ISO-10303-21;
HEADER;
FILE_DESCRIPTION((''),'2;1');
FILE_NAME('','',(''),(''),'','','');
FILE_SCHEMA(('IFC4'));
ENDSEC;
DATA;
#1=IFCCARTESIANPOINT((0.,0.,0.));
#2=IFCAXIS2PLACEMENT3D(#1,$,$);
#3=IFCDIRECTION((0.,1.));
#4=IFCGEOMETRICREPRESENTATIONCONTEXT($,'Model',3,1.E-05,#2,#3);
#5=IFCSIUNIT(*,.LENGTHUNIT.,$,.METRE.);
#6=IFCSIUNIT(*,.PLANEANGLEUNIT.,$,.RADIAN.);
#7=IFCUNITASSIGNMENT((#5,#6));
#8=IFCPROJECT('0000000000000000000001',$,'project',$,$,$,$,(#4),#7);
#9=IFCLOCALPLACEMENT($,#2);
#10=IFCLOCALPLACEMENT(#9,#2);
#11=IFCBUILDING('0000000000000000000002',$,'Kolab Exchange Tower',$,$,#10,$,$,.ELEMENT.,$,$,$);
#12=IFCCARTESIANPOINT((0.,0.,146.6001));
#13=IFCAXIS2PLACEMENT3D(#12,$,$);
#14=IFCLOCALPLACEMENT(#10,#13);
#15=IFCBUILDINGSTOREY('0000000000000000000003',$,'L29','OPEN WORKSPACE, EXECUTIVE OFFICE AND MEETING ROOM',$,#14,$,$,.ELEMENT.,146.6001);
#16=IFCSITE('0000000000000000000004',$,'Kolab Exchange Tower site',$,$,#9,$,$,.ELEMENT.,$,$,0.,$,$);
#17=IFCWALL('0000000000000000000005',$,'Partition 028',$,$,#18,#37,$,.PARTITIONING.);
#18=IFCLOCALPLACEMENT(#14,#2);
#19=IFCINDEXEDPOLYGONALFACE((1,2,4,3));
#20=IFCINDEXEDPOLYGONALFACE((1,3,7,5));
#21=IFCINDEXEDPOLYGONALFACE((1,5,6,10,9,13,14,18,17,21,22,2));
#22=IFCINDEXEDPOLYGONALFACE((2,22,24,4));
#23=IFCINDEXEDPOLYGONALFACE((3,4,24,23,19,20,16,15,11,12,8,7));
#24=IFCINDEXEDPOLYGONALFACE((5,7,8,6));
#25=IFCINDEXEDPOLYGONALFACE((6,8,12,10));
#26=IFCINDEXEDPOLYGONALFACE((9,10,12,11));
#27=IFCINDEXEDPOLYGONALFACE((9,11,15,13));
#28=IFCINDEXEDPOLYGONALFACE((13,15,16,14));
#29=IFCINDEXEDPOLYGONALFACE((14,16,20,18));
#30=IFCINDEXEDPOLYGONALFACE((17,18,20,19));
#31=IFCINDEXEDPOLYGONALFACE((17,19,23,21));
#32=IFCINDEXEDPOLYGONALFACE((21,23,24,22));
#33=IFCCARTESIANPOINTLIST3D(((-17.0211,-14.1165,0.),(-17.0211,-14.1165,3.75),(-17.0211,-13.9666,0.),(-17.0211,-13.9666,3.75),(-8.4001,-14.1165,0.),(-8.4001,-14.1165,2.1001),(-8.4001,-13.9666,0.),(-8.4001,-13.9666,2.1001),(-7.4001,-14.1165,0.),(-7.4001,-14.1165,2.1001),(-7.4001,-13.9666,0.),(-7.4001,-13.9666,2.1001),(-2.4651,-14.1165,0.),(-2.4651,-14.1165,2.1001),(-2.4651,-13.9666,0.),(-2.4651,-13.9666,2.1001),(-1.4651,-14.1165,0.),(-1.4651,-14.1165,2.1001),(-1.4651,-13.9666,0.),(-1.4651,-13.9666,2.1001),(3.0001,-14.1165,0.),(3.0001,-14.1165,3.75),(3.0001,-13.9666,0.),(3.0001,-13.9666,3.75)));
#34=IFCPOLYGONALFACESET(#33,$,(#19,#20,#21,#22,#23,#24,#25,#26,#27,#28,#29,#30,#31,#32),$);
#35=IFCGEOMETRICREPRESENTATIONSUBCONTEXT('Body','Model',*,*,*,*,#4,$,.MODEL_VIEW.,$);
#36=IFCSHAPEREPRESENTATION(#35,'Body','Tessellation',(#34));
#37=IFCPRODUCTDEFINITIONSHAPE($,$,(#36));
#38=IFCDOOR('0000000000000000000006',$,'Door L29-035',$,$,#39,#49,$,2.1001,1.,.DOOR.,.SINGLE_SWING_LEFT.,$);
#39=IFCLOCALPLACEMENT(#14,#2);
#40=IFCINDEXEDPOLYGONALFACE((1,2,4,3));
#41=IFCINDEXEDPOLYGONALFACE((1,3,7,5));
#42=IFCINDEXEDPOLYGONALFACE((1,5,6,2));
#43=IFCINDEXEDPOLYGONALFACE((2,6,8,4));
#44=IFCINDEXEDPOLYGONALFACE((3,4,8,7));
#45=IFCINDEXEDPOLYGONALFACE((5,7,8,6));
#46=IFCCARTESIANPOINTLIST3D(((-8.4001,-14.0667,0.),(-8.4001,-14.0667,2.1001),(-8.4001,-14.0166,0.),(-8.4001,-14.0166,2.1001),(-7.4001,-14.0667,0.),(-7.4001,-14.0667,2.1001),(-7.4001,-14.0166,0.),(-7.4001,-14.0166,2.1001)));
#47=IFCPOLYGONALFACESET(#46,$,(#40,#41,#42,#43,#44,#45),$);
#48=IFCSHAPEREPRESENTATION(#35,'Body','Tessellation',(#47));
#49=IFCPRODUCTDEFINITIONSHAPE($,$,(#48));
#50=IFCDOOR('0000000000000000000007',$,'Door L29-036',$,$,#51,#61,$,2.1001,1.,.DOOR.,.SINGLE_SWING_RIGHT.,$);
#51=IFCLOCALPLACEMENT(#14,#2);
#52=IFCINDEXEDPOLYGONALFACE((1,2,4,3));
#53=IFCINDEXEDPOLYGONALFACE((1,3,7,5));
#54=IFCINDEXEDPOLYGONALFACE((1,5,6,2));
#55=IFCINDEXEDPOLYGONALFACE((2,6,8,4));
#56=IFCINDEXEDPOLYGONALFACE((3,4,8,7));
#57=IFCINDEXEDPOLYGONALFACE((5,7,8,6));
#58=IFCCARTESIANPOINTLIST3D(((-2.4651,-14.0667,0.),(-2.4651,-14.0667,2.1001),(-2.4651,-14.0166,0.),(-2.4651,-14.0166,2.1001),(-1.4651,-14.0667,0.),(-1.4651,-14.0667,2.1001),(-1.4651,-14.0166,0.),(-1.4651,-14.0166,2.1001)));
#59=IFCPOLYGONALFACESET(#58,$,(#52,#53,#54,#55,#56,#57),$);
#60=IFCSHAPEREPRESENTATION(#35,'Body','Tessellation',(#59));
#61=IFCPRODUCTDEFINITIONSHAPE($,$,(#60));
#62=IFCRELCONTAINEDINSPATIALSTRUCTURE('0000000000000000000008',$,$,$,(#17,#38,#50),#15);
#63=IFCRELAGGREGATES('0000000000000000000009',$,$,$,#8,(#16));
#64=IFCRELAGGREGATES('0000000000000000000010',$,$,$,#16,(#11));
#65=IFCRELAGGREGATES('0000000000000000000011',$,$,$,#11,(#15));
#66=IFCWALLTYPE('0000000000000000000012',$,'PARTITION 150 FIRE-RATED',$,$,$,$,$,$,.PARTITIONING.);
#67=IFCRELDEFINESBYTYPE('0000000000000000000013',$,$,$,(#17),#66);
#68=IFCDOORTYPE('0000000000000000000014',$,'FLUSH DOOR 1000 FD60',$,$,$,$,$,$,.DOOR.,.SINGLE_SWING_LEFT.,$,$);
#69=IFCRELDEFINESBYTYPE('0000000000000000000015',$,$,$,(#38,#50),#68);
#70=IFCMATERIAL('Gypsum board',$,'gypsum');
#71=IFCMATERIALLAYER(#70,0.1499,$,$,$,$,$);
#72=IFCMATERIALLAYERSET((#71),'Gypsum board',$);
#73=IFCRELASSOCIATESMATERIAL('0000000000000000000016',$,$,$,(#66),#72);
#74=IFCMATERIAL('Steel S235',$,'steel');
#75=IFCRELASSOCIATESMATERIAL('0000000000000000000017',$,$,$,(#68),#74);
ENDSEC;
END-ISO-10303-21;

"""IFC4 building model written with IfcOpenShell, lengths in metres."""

from ifc_helpers import new_model, si_unit, direction, frame, frame_2d, origin, place, context, subcontext, project, spatial, rectangle, extrude, material, layer, layer_set, type_object, element, fill, save


model = new_model("IFC4")

# Units and contexts
model_context = context("Model", 3, precision=1e-05, world=origin(), true_north=direction((0.0, 1.0)))
body_context = subcontext(model_context, "Body", "Model", "MODEL_VIEW")
ifc_project = project(units=[si_unit("LENGTHUNIT", "METRE"), si_unit("PLANEANGLEUNIT", "RADIAN")], contexts=[model_context])

# Site, building, storey
site_placement = place(None, origin())
site = spatial("IfcSite", under=ifc_project, at=site_placement, Name="Kolab Exchange Tower site", CompositionType="ELEMENT", RefElevation=0.0)
building_placement = place(site_placement, origin())
building = spatial("IfcBuilding", under=site, at=building_placement, Name="Kolab Exchange Tower", CompositionType="ELEMENT")
storey_placement = place(building_placement, frame((0.0, 0.0, 146.6001)))
storey = spatial("IfcBuildingStorey", under=building, at=storey_placement, Name="L29", Description="OPEN WORKSPACE, EXECUTIVE OFFICE AND MEETING ROOM", CompositionType="ELEMENT", Elevation=146.6001)

# Shared definitions
ifc_material_1 = material(Name="Gypsum board", Category="gypsum")
ifc_layer_1 = layer(ifc_material_1, 0.1499)
ifc_layer_set_1 = layer_set([ifc_layer_1], Name="Gypsum board")
wall_type_1 = type_object("IfcWallType", Name="PARTITION 150 FIRE-RATED", PredefinedType="PARTITIONING", material=ifc_layer_set_1)

# Wall, openings, doors
ifc_material_2 = material(Name="Steel S235", Category="steel")
door_type_1 = type_object("IfcDoorType", Name="FLUSH DOOR 1000 FD60", OperationType="SINGLE_SWING_LEFT", PredefinedType="DOOR", material=ifc_material_2)
wall_1_placement = place(storey_placement, frame((-17.0212, -14.0415, 0.0), z_axis=(0.0, 0.0, 1.0), x_axis=(1.0, 0.0, 0.0)))
wall_1 = element("IfcWall", 1, at=wall_1_placement, inside=storey, type_object=wall_type_1, Name="Partition 028", PredefinedType="PARTITIONING", context=body_context, shape_type="SweptSolid", body=[
    extrude(rectangle(XDim=20.0212, YDim=0.1499, at=frame_2d((10.0107, 0.0))), origin(), (0.0, 0.0, 1.0), 3.75),
])
opening_1_placement = place(wall_1_placement, frame((8.6211, 0.0, 0.0)))
opening_1 = element("IfcOpeningElement", 2, at=opening_1_placement, cuts=wall_1, PredefinedType="OPENING", context=body_context, shape_type="SweptSolid", body=[
    extrude(rectangle(XDim=1.0, YDim=2.1001, at=frame_2d((0.5, 1.05))), frame((0.0, 0.085, 0.0), z_axis=(0.0, -1.0, 0.0), x_axis=(1.0, 0.0, 0.0)), (0.0, 0.0, 1.0), 0.1699),
])
opening_2_placement = place(wall_1_placement, frame((14.5562, 0.0, 0.0)))
opening_2 = element("IfcOpeningElement", 3, at=opening_2_placement, cuts=wall_1, PredefinedType="OPENING", context=body_context, shape_type="SweptSolid", body=[
    extrude(rectangle(XDim=1.0, YDim=2.1001, at=frame_2d((0.5, 1.05))), frame((0.0, 0.085, 0.0), z_axis=(0.0, -1.0, 0.0), x_axis=(1.0, 0.0, 0.0)), (0.0, 0.0, 1.0), 0.1699),
])
door_1_placement = place(opening_1_placement, origin())
door_1 = element("IfcDoor", 4, at=door_1_placement, inside=storey, type_object=door_type_1, Name="Door L29-035", OperationType="SINGLE_SWING_LEFT", OverallHeight=2.1001, OverallWidth=1.0, PredefinedType="DOOR", context=body_context, shape_type="SweptSolid", body=[
    extrude(rectangle(XDim=1.0, YDim=2.1001, at=frame_2d((0.5, 1.05))), frame((0.0, 0.0249, 0.0), z_axis=(0.0, -1.0, 0.0), x_axis=(1.0, 0.0, 0.0)), (0.0, 0.0, 1.0), 0.05),
])
fill(opening_1, door_1)
door_2_placement = place(opening_2_placement, origin())
door_2 = element("IfcDoor", 5, at=door_2_placement, inside=storey, type_object=door_type_1, Name="Door L29-036", OperationType="SINGLE_SWING_RIGHT", OverallHeight=2.1001, OverallWidth=1.0, PredefinedType="DOOR", context=body_context, shape_type="SweptSolid", body=[
    extrude(rectangle(XDim=1.0, YDim=2.1001, at=frame_2d((0.5, 1.05))), frame((0.0, 0.0249, 0.0), z_axis=(0.0, -1.0, 0.0), x_axis=(1.0, 0.0, 0.0)), (0.0, 0.0, 1.0), 0.05),
])
fill(opening_2, door_2)

save(model, "model.ifc")
